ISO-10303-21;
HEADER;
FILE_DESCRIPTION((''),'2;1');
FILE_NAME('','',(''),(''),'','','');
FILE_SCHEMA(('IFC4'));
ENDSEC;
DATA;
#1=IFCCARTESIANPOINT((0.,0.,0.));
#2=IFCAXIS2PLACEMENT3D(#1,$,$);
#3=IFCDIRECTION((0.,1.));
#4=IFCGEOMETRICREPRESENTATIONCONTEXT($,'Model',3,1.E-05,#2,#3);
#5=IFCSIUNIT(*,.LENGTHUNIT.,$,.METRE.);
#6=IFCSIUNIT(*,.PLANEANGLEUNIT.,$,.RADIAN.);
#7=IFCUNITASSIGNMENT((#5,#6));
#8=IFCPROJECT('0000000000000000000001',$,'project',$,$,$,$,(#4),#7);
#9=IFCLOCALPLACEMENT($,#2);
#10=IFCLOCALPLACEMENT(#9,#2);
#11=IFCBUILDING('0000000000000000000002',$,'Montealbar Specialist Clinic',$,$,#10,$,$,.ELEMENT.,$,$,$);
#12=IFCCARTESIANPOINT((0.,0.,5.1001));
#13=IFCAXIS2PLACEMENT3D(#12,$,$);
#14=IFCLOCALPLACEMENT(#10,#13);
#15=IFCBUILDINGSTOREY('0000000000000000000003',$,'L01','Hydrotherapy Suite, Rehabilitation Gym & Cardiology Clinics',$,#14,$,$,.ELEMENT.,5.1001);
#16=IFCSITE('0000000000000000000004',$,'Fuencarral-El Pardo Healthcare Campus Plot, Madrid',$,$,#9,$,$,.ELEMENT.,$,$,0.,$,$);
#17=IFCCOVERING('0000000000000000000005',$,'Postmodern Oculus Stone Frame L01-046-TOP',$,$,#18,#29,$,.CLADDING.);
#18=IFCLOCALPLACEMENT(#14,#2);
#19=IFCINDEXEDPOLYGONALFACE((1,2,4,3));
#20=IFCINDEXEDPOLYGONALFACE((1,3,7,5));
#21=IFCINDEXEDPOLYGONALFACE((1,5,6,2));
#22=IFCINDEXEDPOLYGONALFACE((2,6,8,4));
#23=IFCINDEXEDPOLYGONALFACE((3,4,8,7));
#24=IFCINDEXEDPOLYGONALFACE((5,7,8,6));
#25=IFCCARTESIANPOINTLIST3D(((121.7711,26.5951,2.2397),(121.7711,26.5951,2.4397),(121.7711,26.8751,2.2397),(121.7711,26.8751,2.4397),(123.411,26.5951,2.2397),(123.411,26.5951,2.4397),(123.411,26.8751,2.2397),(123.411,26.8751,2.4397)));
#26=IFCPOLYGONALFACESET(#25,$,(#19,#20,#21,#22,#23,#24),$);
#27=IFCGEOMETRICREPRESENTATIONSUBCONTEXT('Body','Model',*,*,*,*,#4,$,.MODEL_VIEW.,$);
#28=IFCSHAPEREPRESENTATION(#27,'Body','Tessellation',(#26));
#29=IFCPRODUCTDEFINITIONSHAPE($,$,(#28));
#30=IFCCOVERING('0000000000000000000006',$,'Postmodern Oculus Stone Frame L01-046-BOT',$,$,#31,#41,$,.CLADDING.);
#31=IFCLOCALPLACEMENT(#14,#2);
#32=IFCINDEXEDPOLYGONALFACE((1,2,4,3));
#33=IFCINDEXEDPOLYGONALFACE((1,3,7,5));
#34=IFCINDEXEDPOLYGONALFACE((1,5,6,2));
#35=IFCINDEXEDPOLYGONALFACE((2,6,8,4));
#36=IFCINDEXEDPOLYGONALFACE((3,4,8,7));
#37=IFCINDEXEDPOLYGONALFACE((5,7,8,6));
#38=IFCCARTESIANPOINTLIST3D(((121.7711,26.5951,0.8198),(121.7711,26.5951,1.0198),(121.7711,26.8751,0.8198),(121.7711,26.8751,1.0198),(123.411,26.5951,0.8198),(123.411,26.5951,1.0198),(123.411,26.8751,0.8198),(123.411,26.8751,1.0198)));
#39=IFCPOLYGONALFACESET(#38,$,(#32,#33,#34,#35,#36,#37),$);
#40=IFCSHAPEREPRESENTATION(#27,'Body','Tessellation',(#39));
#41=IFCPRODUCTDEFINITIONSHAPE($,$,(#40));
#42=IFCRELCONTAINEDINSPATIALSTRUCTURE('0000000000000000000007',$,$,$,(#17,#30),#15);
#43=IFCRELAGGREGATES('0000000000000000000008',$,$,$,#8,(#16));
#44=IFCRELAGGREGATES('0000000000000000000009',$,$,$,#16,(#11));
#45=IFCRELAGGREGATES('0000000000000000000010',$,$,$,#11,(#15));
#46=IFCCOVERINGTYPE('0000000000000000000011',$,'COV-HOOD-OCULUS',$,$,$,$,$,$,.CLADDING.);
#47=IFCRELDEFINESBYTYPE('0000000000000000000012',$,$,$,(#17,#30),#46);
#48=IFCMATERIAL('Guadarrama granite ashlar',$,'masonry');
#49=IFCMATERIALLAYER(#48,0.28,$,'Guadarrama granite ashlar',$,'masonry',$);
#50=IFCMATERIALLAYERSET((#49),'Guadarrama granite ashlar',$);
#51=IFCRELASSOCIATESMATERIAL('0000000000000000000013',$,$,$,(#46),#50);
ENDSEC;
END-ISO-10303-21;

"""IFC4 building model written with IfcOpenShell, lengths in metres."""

from ifc_helpers import new_model, si_unit, direction, frame, origin, origin_2d, place, context, subcontext, project, spatial, rectangle, extrude, material, layer, layer_set, type_object, element, save


model = new_model("IFC4")

# Units and contexts
model_context = context("Model", 3, precision=1e-05, world=origin(), true_north=direction((0.0, 1.0)))
body_context = subcontext(model_context, "Body", "Model", "MODEL_VIEW")
ifc_project = project(units=[si_unit("LENGTHUNIT", "METRE"), si_unit("PLANEANGLEUNIT", "RADIAN")], contexts=[model_context])

# Site, building, storey
site_placement = place(None, origin())
site = spatial("IfcSite", under=ifc_project, at=site_placement, Name="Fuencarral-El Pardo Healthcare Campus Plot, Madrid", CompositionType="ELEMENT", RefElevation=0.0)
building_placement = place(site_placement, origin())
building = spatial("IfcBuilding", under=site, at=building_placement, Name="Montealbar Specialist Clinic", CompositionType="ELEMENT")
storey_placement = place(building_placement, frame((0.0, 0.0, 5.1001)))
storey = spatial("IfcBuildingStorey", under=building, at=storey_placement, Name="L01", Description="Hydrotherapy Suite, Rehabilitation Gym & Cardiology Clinics", CompositionType="ELEMENT", Elevation=5.1001)

# Coverings
ifc_material_1 = material(Name="Guadarrama granite ashlar", Category="masonry")
ifc_layer_1 = layer(ifc_material_1, 0.28, Name="Guadarrama granite ashlar", Category="masonry")
ifc_layer_set_1 = layer_set([ifc_layer_1], Name="Guadarrama granite ashlar")
covering_type = type_object("IfcCoveringType", Name="COV-HOOD-OCULUS", PredefinedType="CLADDING", material=ifc_layer_set_1)
for number, where, z_axis, x_axis, name in (
    (1, (122.5911, 26.7351, 2.2397), (0.0, 0.0, 1.0), (-1.0, 0.0, 0.0), "Postmodern Oculus Stone Frame L01-046-TOP"),
    (2, (122.5911, 26.7351, 0.8198), (0.0, 0.0, 1.0), (-1.0, 0.0, 0.0), "Postmodern Oculus Stone Frame L01-046-BOT"),
):
    element("IfcCovering", number, at=place(storey_placement, frame(where, z_axis=z_axis, x_axis=x_axis)), inside=storey, type_object=covering_type, Name=name, PredefinedType="CLADDING", context=body_context, shape_type="SweptSolid", body=[
        extrude(rectangle(XDim=1.6399, YDim=0.28, at=origin_2d()), origin(), (0.0, 0.0, 1.0), 0.2),
    ])

save(model, "model.ifc")
